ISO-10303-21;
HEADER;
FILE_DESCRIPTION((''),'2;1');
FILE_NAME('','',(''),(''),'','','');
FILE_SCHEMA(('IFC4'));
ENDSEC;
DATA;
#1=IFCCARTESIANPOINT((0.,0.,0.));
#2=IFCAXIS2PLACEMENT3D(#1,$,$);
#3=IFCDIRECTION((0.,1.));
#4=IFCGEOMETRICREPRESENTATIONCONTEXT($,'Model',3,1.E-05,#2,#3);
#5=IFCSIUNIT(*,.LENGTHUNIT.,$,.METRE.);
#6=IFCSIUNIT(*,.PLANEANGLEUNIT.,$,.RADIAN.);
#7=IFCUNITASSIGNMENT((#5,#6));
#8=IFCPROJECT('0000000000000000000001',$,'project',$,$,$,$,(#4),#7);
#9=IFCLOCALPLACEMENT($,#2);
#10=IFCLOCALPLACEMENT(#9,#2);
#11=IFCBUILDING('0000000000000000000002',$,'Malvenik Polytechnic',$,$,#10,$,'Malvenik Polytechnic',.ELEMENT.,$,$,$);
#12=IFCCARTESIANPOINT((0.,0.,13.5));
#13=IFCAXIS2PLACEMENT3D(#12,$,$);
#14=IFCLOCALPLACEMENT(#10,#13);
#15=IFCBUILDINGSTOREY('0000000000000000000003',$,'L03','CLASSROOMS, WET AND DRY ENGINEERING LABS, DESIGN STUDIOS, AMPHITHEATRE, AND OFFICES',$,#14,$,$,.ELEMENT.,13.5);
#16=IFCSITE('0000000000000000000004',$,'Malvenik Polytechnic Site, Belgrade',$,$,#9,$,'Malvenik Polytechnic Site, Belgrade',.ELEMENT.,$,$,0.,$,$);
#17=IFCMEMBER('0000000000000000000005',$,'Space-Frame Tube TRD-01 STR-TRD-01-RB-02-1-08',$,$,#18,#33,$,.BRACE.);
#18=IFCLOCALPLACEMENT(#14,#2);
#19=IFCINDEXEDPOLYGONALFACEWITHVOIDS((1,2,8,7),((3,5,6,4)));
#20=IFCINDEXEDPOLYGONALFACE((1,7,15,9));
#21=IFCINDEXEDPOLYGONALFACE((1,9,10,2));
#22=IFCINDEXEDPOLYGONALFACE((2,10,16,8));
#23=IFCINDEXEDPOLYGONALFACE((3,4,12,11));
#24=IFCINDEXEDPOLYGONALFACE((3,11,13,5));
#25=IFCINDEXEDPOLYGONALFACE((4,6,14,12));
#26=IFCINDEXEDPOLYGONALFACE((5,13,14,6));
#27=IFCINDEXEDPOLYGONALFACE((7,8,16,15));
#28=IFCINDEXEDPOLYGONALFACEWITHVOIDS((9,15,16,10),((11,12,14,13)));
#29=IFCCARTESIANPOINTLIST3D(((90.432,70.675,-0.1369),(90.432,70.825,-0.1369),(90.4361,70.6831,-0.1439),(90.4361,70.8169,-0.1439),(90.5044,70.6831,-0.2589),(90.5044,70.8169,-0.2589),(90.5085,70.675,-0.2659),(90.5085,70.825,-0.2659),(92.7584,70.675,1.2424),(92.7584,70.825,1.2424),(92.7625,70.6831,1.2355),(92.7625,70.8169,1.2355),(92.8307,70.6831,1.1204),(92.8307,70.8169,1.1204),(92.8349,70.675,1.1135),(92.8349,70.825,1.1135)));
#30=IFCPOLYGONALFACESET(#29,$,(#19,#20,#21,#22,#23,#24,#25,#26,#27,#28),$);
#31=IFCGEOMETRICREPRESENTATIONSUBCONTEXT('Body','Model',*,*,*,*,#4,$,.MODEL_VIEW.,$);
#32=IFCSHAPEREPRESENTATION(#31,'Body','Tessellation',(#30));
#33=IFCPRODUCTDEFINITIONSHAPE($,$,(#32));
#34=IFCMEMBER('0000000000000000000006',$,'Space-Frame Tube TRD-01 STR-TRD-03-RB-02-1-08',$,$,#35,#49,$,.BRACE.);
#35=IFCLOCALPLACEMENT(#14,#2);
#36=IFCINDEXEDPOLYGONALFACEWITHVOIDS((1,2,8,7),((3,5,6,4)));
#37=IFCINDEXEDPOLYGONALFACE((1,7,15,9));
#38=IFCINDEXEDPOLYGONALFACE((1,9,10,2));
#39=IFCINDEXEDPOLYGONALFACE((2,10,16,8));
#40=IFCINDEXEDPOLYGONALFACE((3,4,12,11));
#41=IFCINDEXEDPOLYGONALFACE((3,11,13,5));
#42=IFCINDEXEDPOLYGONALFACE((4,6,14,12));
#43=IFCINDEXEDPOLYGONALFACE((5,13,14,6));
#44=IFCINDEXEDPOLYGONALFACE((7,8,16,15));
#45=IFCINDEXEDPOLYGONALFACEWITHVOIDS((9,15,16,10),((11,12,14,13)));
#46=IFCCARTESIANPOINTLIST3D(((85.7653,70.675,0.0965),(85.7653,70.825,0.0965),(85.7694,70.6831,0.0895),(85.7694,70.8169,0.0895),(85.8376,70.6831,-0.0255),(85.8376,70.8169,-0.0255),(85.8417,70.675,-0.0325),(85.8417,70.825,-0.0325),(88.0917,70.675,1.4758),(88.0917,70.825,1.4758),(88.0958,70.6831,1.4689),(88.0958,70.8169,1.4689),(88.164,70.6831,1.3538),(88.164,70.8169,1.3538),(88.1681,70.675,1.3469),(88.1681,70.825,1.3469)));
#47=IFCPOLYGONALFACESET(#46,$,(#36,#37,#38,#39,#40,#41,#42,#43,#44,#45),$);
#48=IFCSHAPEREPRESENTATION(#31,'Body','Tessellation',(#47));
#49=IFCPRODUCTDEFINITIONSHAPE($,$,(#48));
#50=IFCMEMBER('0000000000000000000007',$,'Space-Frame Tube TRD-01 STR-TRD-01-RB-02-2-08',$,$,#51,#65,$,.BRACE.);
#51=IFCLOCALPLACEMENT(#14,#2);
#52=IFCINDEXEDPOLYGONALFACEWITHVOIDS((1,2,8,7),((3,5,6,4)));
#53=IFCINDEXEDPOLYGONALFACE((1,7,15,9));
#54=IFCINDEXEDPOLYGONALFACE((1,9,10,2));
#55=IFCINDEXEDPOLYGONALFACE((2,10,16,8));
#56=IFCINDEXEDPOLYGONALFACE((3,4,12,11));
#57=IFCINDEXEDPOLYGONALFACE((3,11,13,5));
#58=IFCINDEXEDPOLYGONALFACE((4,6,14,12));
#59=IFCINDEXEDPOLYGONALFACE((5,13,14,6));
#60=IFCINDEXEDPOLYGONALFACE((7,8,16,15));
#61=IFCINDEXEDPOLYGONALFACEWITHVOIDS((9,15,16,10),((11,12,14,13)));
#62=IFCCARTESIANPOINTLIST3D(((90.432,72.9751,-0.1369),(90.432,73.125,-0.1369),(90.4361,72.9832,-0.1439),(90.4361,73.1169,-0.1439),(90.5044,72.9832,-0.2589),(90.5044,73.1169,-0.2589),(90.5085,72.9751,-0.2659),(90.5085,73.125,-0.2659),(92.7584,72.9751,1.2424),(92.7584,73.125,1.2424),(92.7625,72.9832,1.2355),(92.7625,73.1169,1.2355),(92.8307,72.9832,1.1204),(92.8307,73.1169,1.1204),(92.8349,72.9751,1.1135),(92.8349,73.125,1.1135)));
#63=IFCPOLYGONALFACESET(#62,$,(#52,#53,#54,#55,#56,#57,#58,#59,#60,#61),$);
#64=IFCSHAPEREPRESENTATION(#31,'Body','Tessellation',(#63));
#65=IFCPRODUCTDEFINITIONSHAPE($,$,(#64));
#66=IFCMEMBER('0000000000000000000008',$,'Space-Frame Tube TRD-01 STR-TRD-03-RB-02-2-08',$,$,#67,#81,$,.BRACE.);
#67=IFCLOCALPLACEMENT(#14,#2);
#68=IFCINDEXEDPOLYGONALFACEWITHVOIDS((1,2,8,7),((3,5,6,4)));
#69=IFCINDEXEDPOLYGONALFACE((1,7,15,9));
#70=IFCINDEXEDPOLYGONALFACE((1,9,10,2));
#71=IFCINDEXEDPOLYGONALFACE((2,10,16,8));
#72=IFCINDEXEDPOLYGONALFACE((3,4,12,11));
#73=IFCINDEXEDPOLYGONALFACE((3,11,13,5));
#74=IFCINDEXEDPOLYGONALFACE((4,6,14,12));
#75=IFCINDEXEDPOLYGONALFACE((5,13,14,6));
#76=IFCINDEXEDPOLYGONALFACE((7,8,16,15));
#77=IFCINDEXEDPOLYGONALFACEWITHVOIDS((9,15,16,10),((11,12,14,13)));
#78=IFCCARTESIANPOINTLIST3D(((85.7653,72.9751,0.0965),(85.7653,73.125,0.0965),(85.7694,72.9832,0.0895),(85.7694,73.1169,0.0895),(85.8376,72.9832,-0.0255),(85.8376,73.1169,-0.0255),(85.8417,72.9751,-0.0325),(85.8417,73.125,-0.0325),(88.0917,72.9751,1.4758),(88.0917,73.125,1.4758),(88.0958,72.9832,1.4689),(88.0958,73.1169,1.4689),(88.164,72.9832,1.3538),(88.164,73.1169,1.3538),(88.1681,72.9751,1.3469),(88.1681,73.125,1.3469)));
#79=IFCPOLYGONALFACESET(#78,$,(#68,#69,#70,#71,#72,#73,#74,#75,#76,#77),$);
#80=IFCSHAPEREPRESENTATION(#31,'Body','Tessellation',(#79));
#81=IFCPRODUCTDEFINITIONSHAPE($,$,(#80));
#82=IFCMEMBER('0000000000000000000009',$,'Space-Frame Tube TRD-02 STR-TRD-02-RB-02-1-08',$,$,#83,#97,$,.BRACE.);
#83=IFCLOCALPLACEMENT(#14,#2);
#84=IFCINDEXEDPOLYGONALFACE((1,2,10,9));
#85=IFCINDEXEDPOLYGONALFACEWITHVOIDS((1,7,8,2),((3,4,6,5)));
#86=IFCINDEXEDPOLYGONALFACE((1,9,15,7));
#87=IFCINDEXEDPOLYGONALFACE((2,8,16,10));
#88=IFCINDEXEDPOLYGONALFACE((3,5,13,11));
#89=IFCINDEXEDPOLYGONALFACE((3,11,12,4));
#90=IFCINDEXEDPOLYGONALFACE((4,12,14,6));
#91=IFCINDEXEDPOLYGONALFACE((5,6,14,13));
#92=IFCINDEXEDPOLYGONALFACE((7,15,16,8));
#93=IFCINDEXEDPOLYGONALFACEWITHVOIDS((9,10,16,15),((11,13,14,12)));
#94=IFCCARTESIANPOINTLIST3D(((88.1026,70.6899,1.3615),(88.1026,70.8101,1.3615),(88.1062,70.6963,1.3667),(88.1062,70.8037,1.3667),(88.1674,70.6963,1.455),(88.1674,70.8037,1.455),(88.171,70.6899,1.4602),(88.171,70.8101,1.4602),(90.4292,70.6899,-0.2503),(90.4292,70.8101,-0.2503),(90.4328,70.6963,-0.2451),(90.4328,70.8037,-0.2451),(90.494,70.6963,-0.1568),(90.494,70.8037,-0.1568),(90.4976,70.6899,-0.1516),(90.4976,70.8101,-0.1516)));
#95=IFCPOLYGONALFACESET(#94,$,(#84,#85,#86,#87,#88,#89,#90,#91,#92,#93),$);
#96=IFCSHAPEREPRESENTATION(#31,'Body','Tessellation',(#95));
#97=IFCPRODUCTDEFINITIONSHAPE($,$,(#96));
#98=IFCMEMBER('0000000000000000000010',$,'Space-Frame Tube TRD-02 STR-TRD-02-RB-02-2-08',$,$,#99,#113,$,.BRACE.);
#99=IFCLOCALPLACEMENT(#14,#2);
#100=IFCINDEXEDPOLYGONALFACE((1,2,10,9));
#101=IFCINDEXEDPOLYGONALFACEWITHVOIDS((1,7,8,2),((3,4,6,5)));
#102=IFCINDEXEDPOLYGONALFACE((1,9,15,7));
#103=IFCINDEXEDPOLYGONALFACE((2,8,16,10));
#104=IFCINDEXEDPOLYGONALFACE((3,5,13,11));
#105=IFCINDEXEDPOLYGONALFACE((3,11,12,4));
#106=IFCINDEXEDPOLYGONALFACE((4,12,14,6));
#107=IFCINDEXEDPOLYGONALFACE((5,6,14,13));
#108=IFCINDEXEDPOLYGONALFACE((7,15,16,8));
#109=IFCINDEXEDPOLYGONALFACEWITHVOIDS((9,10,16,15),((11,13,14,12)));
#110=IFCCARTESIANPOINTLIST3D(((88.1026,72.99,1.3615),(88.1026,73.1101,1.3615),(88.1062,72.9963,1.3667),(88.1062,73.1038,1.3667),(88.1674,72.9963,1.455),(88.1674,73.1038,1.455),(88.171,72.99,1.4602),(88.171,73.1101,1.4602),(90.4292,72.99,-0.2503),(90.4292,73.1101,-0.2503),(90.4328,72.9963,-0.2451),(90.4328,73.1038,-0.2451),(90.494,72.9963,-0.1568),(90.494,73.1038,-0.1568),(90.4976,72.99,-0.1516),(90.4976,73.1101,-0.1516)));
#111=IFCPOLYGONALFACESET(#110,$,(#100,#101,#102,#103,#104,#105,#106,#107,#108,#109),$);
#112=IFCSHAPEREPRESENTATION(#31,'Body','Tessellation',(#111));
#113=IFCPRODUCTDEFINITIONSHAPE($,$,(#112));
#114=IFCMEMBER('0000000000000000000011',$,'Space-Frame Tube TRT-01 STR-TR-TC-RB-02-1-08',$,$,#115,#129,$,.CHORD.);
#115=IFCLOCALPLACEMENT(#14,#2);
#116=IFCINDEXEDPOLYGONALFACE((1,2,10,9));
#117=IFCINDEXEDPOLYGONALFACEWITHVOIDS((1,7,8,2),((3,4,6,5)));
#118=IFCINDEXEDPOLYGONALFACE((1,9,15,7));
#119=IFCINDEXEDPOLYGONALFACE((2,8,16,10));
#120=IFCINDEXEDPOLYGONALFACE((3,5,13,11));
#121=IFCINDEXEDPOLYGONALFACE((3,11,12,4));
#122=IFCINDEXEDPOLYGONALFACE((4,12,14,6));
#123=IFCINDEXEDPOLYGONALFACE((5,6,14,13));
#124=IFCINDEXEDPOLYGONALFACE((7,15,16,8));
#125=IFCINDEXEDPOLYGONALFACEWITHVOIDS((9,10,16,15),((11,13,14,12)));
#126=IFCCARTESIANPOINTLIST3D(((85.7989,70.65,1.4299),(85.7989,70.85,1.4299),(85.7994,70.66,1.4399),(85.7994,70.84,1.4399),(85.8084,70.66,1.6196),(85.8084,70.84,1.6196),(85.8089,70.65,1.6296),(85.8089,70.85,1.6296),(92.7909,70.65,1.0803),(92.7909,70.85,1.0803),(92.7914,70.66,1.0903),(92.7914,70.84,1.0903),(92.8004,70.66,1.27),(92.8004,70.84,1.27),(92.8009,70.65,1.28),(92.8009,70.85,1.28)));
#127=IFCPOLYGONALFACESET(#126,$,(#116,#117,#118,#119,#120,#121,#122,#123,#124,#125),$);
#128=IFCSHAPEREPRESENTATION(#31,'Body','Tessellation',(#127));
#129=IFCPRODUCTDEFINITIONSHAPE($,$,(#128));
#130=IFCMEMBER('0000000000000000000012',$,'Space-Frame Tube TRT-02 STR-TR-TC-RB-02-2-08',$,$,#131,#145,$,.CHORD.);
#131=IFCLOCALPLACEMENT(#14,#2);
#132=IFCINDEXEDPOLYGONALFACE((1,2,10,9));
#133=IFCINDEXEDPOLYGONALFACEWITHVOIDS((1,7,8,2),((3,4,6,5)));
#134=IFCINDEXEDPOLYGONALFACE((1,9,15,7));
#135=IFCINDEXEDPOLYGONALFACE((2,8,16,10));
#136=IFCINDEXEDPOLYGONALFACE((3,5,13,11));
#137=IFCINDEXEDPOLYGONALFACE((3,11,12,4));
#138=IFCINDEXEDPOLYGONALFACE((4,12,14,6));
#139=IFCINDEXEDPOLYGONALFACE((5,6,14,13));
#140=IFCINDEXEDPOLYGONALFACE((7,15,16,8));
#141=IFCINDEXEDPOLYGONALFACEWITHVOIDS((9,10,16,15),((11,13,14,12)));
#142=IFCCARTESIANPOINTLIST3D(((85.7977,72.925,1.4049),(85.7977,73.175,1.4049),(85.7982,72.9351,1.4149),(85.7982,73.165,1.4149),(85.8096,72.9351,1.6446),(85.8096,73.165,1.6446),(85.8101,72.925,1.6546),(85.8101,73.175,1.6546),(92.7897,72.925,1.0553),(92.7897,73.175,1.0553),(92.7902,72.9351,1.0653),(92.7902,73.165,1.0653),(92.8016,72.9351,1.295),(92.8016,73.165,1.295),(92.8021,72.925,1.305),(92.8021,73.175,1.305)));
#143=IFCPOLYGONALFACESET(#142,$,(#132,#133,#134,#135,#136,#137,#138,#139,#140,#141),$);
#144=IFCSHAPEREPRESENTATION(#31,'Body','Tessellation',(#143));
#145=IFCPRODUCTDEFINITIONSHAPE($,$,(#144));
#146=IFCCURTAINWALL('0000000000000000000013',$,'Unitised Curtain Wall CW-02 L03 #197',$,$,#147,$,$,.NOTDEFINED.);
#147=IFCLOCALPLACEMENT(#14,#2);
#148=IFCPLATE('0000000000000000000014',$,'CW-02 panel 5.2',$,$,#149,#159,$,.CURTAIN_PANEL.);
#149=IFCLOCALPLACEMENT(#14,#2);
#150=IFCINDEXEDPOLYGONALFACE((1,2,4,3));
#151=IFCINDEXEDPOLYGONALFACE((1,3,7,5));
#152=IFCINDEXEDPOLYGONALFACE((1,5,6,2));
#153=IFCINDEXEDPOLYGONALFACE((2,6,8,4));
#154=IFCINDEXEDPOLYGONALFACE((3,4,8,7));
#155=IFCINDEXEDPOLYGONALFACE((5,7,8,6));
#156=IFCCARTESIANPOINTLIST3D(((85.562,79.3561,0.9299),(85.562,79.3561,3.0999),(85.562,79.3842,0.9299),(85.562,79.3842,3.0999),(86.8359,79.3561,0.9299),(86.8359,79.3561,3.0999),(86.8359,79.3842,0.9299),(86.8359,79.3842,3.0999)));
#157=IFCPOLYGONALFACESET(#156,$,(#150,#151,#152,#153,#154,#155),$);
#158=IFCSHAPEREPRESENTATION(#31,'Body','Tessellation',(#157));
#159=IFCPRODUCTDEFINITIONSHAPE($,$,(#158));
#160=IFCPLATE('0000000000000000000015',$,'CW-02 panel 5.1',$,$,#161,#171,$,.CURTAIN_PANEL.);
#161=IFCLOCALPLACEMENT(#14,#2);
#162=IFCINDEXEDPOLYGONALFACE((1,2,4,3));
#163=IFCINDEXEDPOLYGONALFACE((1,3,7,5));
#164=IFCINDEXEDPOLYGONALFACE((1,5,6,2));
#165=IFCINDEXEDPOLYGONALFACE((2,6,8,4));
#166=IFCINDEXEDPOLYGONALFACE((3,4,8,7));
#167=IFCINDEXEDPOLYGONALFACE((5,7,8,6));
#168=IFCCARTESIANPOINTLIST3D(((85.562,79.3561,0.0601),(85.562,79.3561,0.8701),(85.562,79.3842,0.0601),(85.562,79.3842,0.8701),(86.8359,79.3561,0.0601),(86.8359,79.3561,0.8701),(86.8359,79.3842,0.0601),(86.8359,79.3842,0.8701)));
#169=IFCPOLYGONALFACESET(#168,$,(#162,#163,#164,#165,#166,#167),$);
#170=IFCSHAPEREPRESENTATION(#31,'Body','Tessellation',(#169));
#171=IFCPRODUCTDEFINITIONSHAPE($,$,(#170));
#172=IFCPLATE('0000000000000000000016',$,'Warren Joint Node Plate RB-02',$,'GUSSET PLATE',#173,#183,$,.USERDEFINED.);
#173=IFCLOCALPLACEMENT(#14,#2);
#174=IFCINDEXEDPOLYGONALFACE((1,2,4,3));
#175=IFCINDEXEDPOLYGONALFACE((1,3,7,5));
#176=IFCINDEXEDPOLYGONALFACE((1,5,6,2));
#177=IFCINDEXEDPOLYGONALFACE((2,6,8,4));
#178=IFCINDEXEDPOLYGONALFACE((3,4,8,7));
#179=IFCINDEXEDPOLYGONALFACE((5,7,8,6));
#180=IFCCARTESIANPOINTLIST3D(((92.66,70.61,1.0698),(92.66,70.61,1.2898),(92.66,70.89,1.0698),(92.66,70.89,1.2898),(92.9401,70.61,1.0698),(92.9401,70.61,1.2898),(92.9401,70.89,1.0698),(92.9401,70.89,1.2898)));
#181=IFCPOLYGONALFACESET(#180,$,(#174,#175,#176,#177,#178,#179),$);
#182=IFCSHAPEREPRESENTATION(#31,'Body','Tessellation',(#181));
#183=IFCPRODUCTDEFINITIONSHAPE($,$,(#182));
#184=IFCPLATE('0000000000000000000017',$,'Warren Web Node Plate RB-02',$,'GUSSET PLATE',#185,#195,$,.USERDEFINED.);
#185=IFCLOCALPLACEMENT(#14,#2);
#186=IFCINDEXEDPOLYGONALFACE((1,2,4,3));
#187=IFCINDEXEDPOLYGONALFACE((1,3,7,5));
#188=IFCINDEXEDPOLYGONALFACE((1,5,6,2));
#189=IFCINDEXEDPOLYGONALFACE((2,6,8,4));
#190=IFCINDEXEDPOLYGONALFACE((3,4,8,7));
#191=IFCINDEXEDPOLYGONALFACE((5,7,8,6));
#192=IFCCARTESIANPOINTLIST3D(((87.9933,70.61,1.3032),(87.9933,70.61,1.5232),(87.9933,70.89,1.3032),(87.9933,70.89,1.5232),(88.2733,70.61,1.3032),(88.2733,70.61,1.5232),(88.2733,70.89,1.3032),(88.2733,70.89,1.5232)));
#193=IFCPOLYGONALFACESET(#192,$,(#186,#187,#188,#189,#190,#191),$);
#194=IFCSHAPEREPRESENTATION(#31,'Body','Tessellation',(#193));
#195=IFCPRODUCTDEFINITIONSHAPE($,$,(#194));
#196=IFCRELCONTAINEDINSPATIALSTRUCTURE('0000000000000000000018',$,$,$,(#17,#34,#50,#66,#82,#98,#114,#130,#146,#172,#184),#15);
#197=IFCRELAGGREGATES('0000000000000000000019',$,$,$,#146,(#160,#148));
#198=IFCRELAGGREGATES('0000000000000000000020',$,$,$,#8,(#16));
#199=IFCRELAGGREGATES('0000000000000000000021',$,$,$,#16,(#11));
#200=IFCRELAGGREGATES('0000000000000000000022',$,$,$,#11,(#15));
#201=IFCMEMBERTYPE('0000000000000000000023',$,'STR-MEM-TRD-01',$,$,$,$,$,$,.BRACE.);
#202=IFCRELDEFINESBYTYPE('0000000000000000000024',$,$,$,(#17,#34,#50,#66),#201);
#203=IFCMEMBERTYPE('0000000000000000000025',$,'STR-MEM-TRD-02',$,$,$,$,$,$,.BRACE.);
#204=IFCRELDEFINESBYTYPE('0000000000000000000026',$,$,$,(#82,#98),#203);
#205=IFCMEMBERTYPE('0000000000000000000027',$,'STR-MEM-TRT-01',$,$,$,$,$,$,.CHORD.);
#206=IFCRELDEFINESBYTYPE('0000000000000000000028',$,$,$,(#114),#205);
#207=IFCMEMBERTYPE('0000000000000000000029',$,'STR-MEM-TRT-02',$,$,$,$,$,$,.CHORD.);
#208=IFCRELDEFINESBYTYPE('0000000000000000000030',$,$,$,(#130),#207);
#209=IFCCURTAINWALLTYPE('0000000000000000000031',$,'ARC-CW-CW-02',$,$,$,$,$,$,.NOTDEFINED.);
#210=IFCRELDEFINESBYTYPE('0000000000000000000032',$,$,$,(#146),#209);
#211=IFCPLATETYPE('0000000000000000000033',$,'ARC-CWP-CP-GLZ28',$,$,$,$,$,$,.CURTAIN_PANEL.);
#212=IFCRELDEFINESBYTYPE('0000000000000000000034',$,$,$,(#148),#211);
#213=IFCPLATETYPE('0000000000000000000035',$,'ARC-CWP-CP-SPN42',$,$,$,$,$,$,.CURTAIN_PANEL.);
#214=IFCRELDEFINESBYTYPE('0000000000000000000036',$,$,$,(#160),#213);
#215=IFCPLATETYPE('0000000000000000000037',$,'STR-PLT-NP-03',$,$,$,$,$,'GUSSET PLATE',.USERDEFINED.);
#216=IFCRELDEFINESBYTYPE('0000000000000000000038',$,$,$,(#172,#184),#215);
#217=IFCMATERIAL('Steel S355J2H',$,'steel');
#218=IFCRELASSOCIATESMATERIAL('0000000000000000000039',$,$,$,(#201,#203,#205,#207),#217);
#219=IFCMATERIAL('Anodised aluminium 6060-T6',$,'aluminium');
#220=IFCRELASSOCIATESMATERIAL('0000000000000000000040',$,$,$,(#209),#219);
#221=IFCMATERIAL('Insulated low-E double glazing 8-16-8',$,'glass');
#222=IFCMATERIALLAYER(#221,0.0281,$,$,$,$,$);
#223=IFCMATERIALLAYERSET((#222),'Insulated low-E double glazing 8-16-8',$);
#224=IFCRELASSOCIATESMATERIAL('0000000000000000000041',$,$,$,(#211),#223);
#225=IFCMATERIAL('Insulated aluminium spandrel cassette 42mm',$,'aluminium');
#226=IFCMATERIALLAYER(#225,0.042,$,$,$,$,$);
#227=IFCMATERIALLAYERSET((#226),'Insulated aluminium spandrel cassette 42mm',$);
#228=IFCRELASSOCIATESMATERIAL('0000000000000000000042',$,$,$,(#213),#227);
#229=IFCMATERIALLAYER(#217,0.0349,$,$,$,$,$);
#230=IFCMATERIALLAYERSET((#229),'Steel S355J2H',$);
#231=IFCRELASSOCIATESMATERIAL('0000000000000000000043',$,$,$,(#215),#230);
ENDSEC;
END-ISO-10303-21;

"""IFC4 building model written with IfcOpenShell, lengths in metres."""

from ifc_helpers import new_model, si_unit, direction, frame, origin, origin_2d, place, context, subcontext, project, spatial, rectangle, hollow_rectangle, extrude, material, layer, layer_set, material_profile, profile_set, type_object, element, aggregate, save


model = new_model("IFC4")

# Units and contexts
model_context = context("Model", 3, precision=1e-05, world=origin(), true_north=direction((0.0, 1.0)))
body_context = subcontext(model_context, "Body", "Model", "MODEL_VIEW")
ifc_project = project(units=[si_unit("LENGTHUNIT", "METRE"), si_unit("PLANEANGLEUNIT", "RADIAN")], contexts=[model_context])

# Site, building, storey
site_placement = place(None, origin())
site = spatial("IfcSite", under=ifc_project, at=site_placement, Name="Malvenik Polytechnic Site, Belgrade", LongName="Malvenik Polytechnic Site, Belgrade", CompositionType="ELEMENT", RefElevation=0.0)
building_placement = place(site_placement, origin())
building = spatial("IfcBuilding", under=site, at=building_placement, Name="Malvenik Polytechnic", LongName="Malvenik Polytechnic", CompositionType="ELEMENT")
storey_placement = place(building_placement, frame((0.0, 0.0, 13.5)))
storey = spatial("IfcBuildingStorey", under=building, at=storey_placement, Name="L03", Description="CLASSROOMS, WET AND DRY ENGINEERING LABS, DESIGN STUDIOS, AMPHITHEATRE, AND OFFICES", CompositionType="ELEMENT", Elevation=13.5)

# Shared definitions
ifc_material_1 = material(Name="Steel S355J2H", Category="steel")

# Members
ifc_material_profile_1 = material_profile(ifc_material_1, hollow_rectangle(XDim=0.1499, YDim=0.1499, WallThickness=0.0081, at=origin_2d()), Name="SHS 150x150x8.0")
ifc_profile_set_1 = profile_set([ifc_material_profile_1], Name="Steel S355J2H")
member_type_1 = type_object("IfcMemberType", Name="STR-MEM-TRD-01", PredefinedType="BRACE", material=ifc_profile_set_1)
for number, where, z_axis, x_axis, name in (
    (1, (92.7966, 70.75, 1.178), (-0.860165, 0.0, -0.510015), (0.0, -1.0, 0.0), "Space-Frame Tube TRD-01 STR-TRD-01-RB-02-1-08"),
    (2, (88.1299, 70.75, 1.4114), (-0.860165, 0.0, -0.510015), (0.0, -1.0, 0.0), "Space-Frame Tube TRD-01 STR-TRD-03-RB-02-1-08"),
    (3, (92.7966, 73.05, 1.178), (-0.860165, 0.0, -0.510015), (0.0, -1.0, 0.0), "Space-Frame Tube TRD-01 STR-TRD-01-RB-02-2-08"),
    (4, (88.1299, 73.05, 1.4114), (-0.860165, 0.0, -0.510015), (0.0, -1.0, 0.0), "Space-Frame Tube TRD-01 STR-TRD-03-RB-02-2-08"),
):
    element("IfcMember", number, at=place(storey_placement, frame(where, z_axis=z_axis, x_axis=x_axis)), inside=storey, type_object=member_type_1, Name=name, PredefinedType="BRACE", context=body_context, shape_type="SweptSolid", body=[
        extrude(hollow_rectangle(XDim=0.1499, YDim=0.1499, WallThickness=0.0081, at=origin_2d()), origin(), (0.0, 0.0, 1.0), 2.7046),
    ])
ifc_material_profile_2 = material_profile(ifc_material_1, hollow_rectangle(XDim=0.1201, YDim=0.1201, WallThickness=0.0063, at=origin_2d()), Name="SHS 120x120x6.3")
ifc_profile_set_2 = profile_set([ifc_material_profile_2], Name="Steel S355J2H")
member_type_2 = type_object("IfcMemberType", Name="STR-MEM-TRD-02", PredefinedType="BRACE", material=ifc_profile_set_2)
for number, where, z_axis, x_axis, name in (
    (5, (90.4634, 70.75, -0.2009), (-0.822018, 0.0, 0.569461), (0.0, -1.0, 0.0), "Space-Frame Tube TRD-02 STR-TRD-02-RB-02-1-08"),
    (6, (90.4634, 73.05, -0.2009), (-0.822018, 0.0, 0.569461), (0.0, -1.0, 0.0), "Space-Frame Tube TRD-02 STR-TRD-02-RB-02-2-08"),
):
    element("IfcMember", number, at=place(storey_placement, frame(where, z_axis=z_axis, x_axis=x_axis)), inside=storey, type_object=member_type_2, Name=name, PredefinedType="BRACE", context=body_context, shape_type="SweptSolid", body=[
        extrude(hollow_rectangle(XDim=0.1201, YDim=0.1201, WallThickness=0.0063, at=origin_2d()), origin(), (0.0, 0.0, 1.0), 2.8303),
    ])
ifc_material_profile_3 = material_profile(ifc_material_1, hollow_rectangle(XDim=0.2, YDim=0.2, WallThickness=0.01, at=origin_2d()), Name="SHS 200x200x10.0")
ifc_profile_set_3 = profile_set([ifc_material_profile_3], Name="Steel S355J2H")
member_type_3 = type_object("IfcMemberType", Name="STR-MEM-TRT-01", PredefinedType="CHORD", material=ifc_profile_set_3)
member_1_placement = place(storey_placement, frame((92.7959, 70.75, 1.1802), z_axis=(-0.998752, 0.0, 0.049939), x_axis=(0.0, -1.0, 0.0)))
element("IfcMember", 7, at=member_1_placement, inside=storey, type_object=member_type_3, Name="Space-Frame Tube TRT-01 STR-TR-TC-RB-02-1-08", PredefinedType="CHORD", context=body_context, shape_type="SweptSolid", body=[
    extrude(hollow_rectangle(XDim=0.2, YDim=0.2, WallThickness=0.01, at=origin_2d()), origin(), (0.0, 0.0, 1.0), 7.0007),
])
ifc_material_profile_4 = material_profile(ifc_material_1, hollow_rectangle(XDim=0.25, YDim=0.25, WallThickness=0.01, at=origin_2d()), Name="SHS 250x250x10.0")
ifc_profile_set_4 = profile_set([ifc_material_profile_4], Name="Steel S355J2H")
member_type_4 = type_object("IfcMemberType", Name="STR-MEM-TRT-02", PredefinedType="CHORD", material=ifc_profile_set_4)
member_2_placement = place(storey_placement, frame((92.7959, 73.05, 1.1802), z_axis=(-0.998752, 0.0, 0.049939), x_axis=(0.0, -1.0, 0.0)))
element("IfcMember", 8, at=member_2_placement, inside=storey, type_object=member_type_4, Name="Space-Frame Tube TRT-02 STR-TR-TC-RB-02-2-08", PredefinedType="CHORD", context=body_context, shape_type="SweptSolid", body=[
    extrude(hollow_rectangle(XDim=0.25, YDim=0.25, WallThickness=0.01, at=origin_2d()), origin(), (0.0, 0.0, 1.0), 7.0007),
])

# Curtain wall, plates
ifc_material_2 = material(Name="Anodised aluminium 6060-T6", Category="aluminium")
curtain_wall_type = type_object("IfcCurtainWallType", Name="ARC-CW-CW-02", PredefinedType="NOTDEFINED", material=ifc_material_2)
curtain_wall_placement = place(storey_placement, origin())
curtain_wall = element("IfcCurtainWall", 9, at=curtain_wall_placement, inside=storey, type_object=curtain_wall_type, Name="Unitised Curtain Wall CW-02 L03 #197", PredefinedType="NOTDEFINED")
ifc_material_3 = material(Name="Insulated low-E double glazing 8-16-8", Category="glass")
ifc_layer_1 = layer(ifc_material_3, 0.0281)
ifc_layer_set_1 = layer_set([ifc_layer_1], Name="Insulated low-E double glazing 8-16-8")
plate_type_1 = type_object("IfcPlateType", Name="ARC-CWP-CP-GLZ28", PredefinedType="CURTAIN_PANEL", material=ifc_layer_set_1)
plate_1_placement = place(storey_placement, frame((86.199, 79.3701, 0.9299), z_axis=(0.0, 0.0, 1.0), x_axis=(-1.0, 0.0, 0.0)))
plate_1 = element("IfcPlate", 10, at=plate_1_placement, type_object=plate_type_1, Name="CW-02 panel 5.2", PredefinedType="CURTAIN_PANEL", context=body_context, shape_type="SweptSolid", body=[
    extrude(rectangle(XDim=1.2739, YDim=0.0281, at=origin_2d()), origin(), (0.0, 0.0, 1.0), 2.1699),
])
ifc_material_4 = material(Name="Insulated aluminium spandrel cassette 42mm", Category="aluminium")
ifc_layer_2 = layer(ifc_material_4, 0.042)
ifc_layer_set_2 = layer_set([ifc_layer_2], Name="Insulated aluminium spandrel cassette 42mm")
plate_type_2 = type_object("IfcPlateType", Name="ARC-CWP-CP-SPN42", PredefinedType="CURTAIN_PANEL", material=ifc_layer_set_2)
plate_2_placement = place(storey_placement, frame((86.199, 79.3701, 0.0601), z_axis=(0.0, 0.0, 1.0), x_axis=(-1.0, 0.0, 0.0)))
plate_2 = element("IfcPlate", 11, at=plate_2_placement, type_object=plate_type_2, Name="CW-02 panel 5.1", PredefinedType="CURTAIN_PANEL", context=body_context, shape_type="SweptSolid", body=[
    extrude(rectangle(XDim=1.2739, YDim=0.0281, at=origin_2d()), origin(), (0.0, 0.0, 1.0), 0.8101),
])
aggregate(curtain_wall, [plate_2, plate_1])

# Plates
ifc_layer_3 = layer(ifc_material_1, 0.0349)
ifc_layer_set_3 = layer_set([ifc_layer_3], Name="Steel S355J2H")
plate_type_3 = type_object("IfcPlateType", Name="STR-PLT-NP-03", ElementType="GUSSET PLATE", PredefinedType="USERDEFINED", material=ifc_layer_set_3)
for number, where, z_axis, x_axis, name in (
    (12, (92.8, 70.75, 1.0698), (0.0, 0.0, 1.0), (1.0, 0.0, 0.0), "Warren Joint Node Plate RB-02"),
    (13, (88.1333, 70.75, 1.3032), (0.0, 0.0, 1.0), (1.0, 0.0, 0.0), "Warren Web Node Plate RB-02"),
):
    element("IfcPlate", number, at=place(storey_placement, frame(where, z_axis=z_axis, x_axis=x_axis)), inside=storey, type_object=plate_type_3, Name=name, ObjectType="GUSSET PLATE", PredefinedType="USERDEFINED", context=body_context, shape_type="SweptSolid", body=[
        extrude(rectangle(XDim=0.28, YDim=0.28, at=origin_2d()), origin(), (0.0, 0.0, 1.0), 0.22),
    ])

save(model, "model.ifc")
